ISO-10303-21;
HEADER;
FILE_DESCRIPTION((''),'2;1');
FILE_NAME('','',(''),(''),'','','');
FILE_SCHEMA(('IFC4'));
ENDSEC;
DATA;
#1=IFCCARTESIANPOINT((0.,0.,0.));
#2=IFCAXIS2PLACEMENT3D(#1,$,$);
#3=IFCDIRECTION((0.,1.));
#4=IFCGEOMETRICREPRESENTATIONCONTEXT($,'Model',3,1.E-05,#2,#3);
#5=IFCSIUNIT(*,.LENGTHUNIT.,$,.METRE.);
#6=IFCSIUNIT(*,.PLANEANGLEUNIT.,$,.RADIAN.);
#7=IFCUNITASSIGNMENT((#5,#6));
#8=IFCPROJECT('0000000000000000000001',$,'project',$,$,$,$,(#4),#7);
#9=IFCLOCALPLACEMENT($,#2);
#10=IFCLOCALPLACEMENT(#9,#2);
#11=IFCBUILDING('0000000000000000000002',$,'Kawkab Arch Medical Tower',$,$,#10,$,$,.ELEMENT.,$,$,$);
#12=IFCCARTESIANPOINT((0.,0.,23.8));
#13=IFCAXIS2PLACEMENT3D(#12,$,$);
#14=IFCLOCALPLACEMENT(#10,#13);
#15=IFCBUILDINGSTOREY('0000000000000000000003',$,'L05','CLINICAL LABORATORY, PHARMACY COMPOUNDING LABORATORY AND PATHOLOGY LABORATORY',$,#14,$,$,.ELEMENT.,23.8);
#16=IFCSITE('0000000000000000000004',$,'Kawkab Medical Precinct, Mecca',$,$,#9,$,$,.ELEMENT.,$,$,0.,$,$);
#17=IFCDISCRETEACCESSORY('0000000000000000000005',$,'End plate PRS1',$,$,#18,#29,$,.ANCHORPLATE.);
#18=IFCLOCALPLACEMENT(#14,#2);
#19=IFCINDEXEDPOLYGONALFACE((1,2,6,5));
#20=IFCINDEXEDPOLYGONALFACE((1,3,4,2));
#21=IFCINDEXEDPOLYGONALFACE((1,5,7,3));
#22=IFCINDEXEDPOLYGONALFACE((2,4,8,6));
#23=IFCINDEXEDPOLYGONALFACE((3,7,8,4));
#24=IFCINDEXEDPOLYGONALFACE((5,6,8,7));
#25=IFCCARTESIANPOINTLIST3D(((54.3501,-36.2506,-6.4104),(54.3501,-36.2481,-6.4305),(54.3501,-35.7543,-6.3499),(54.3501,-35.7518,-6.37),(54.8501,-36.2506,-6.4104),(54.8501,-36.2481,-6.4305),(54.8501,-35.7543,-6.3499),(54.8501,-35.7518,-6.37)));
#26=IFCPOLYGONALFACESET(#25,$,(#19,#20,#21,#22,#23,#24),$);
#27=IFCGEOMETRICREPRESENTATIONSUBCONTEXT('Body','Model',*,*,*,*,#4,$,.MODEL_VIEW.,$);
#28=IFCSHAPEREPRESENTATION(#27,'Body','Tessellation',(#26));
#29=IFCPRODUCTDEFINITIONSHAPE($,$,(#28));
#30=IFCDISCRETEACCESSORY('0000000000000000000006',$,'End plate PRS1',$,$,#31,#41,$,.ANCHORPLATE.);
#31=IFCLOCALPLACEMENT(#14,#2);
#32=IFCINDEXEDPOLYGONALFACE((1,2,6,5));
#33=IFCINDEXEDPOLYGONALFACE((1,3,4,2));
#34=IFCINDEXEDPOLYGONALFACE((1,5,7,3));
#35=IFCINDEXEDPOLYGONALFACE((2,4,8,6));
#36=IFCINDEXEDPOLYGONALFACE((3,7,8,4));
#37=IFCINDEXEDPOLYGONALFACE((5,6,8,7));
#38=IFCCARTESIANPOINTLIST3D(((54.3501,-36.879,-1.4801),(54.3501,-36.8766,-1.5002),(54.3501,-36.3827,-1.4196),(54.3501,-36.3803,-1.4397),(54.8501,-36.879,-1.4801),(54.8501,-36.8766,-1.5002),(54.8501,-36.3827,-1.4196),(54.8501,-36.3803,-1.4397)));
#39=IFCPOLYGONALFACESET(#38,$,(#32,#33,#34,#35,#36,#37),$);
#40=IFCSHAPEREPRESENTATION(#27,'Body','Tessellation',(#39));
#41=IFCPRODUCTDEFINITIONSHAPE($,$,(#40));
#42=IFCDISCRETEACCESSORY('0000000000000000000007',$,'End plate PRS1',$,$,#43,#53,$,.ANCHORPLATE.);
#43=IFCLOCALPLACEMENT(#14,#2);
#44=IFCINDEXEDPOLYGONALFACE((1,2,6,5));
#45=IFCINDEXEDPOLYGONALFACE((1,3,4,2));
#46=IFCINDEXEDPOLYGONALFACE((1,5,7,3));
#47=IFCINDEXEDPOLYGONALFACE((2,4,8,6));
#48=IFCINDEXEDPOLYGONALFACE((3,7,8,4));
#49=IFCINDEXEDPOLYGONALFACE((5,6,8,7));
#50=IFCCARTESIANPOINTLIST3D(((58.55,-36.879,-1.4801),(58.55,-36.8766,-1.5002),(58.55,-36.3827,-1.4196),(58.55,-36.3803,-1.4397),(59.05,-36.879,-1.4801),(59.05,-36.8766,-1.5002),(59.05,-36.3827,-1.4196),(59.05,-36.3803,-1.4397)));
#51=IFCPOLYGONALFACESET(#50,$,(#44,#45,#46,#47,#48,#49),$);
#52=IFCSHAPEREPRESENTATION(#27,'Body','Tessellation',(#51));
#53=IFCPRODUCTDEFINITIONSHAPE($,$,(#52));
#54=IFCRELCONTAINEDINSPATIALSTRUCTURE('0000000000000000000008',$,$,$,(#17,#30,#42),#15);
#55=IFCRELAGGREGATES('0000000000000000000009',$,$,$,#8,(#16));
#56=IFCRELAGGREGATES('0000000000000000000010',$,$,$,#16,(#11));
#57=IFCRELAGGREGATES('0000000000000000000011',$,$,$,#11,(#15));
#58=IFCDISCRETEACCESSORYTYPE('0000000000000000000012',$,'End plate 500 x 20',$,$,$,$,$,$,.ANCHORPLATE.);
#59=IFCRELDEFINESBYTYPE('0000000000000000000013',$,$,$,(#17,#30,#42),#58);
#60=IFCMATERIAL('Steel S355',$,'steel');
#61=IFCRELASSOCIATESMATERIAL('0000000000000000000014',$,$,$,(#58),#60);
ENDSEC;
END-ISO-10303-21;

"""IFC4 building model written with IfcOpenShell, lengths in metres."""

from ifc_helpers import new_model, si_unit, direction, frame, origin, origin_2d, place, context, subcontext, project, spatial, rectangle, extrude, material, material_profile, profile_set, type_object, element, save


model = new_model("IFC4")

# Units and contexts
model_context = context("Model", 3, precision=1e-05, world=origin(), true_north=direction((0.0, 1.0)))
body_context = subcontext(model_context, "Body", "Model", "MODEL_VIEW")
ifc_project = project(units=[si_unit("LENGTHUNIT", "METRE"), si_unit("PLANEANGLEUNIT", "RADIAN")], contexts=[model_context])

# Site, building, storey
site_placement = place(None, origin())
site = spatial("IfcSite", under=ifc_project, at=site_placement, Name="Kawkab Medical Precinct, Mecca", CompositionType="ELEMENT", RefElevation=0.0)
building_placement = place(site_placement, origin())
building = spatial("IfcBuilding", under=site, at=building_placement, Name="Kawkab Arch Medical Tower", CompositionType="ELEMENT")
storey_placement = place(building_placement, frame((0.0, 0.0, 23.8)))
storey = spatial("IfcBuildingStorey", under=building, at=storey_placement, Name="L05", Description="CLINICAL LABORATORY, PHARMACY COMPOUNDING LABORATORY AND PATHOLOGY LABORATORY", CompositionType="ELEMENT", Elevation=23.8)

# Discrete accessories
ifc_material_1 = material(Name="Steel S355", Category="steel")
ifc_material_profile_1 = material_profile(ifc_material_1, rectangle(XDim=0.5, YDim=0.5, at=origin_2d()), Name="End plate 500 x 20")
ifc_profile_set_1 = profile_set([ifc_material_profile_1], Name="Steel S355")
discrete_accessory_type_1 = type_object("IfcDiscreteAccessoryType", Name="End plate 500 x 20", PredefinedType="ANCHORPLATE", material=ifc_profile_set_1)
for number, where, z_axis, x_axis, name in (
    (1, (54.6001, -36.0024, -6.3801), (0.0, 0.121054, -0.992646), (-1.0, 0.0, 0.0), "End plate PRS1"),
    (2, (54.6001, -36.6284, -1.47), (0.0, -0.121054, 0.992646), (1.0, 0.0, 0.0), "End plate PRS1"),
    (3, (58.8, -36.6284, -1.47), (0.0, -0.121054, 0.992646), (1.0, 0.0, 0.0), "End plate PRS1"),
):
    element("IfcDiscreteAccessory", number, at=place(storey_placement, frame(where, z_axis=z_axis, x_axis=x_axis)), inside=storey, type_object=discrete_accessory_type_1, Name=name, PredefinedType="ANCHORPLATE", context=body_context, shape_type="SweptSolid", body=[
        extrude(rectangle(XDim=0.5, YDim=0.5, at=origin_2d()), origin(), (0.0, 0.0, 1.0), 0.0203),
    ])

save(model, "model.ifc")
